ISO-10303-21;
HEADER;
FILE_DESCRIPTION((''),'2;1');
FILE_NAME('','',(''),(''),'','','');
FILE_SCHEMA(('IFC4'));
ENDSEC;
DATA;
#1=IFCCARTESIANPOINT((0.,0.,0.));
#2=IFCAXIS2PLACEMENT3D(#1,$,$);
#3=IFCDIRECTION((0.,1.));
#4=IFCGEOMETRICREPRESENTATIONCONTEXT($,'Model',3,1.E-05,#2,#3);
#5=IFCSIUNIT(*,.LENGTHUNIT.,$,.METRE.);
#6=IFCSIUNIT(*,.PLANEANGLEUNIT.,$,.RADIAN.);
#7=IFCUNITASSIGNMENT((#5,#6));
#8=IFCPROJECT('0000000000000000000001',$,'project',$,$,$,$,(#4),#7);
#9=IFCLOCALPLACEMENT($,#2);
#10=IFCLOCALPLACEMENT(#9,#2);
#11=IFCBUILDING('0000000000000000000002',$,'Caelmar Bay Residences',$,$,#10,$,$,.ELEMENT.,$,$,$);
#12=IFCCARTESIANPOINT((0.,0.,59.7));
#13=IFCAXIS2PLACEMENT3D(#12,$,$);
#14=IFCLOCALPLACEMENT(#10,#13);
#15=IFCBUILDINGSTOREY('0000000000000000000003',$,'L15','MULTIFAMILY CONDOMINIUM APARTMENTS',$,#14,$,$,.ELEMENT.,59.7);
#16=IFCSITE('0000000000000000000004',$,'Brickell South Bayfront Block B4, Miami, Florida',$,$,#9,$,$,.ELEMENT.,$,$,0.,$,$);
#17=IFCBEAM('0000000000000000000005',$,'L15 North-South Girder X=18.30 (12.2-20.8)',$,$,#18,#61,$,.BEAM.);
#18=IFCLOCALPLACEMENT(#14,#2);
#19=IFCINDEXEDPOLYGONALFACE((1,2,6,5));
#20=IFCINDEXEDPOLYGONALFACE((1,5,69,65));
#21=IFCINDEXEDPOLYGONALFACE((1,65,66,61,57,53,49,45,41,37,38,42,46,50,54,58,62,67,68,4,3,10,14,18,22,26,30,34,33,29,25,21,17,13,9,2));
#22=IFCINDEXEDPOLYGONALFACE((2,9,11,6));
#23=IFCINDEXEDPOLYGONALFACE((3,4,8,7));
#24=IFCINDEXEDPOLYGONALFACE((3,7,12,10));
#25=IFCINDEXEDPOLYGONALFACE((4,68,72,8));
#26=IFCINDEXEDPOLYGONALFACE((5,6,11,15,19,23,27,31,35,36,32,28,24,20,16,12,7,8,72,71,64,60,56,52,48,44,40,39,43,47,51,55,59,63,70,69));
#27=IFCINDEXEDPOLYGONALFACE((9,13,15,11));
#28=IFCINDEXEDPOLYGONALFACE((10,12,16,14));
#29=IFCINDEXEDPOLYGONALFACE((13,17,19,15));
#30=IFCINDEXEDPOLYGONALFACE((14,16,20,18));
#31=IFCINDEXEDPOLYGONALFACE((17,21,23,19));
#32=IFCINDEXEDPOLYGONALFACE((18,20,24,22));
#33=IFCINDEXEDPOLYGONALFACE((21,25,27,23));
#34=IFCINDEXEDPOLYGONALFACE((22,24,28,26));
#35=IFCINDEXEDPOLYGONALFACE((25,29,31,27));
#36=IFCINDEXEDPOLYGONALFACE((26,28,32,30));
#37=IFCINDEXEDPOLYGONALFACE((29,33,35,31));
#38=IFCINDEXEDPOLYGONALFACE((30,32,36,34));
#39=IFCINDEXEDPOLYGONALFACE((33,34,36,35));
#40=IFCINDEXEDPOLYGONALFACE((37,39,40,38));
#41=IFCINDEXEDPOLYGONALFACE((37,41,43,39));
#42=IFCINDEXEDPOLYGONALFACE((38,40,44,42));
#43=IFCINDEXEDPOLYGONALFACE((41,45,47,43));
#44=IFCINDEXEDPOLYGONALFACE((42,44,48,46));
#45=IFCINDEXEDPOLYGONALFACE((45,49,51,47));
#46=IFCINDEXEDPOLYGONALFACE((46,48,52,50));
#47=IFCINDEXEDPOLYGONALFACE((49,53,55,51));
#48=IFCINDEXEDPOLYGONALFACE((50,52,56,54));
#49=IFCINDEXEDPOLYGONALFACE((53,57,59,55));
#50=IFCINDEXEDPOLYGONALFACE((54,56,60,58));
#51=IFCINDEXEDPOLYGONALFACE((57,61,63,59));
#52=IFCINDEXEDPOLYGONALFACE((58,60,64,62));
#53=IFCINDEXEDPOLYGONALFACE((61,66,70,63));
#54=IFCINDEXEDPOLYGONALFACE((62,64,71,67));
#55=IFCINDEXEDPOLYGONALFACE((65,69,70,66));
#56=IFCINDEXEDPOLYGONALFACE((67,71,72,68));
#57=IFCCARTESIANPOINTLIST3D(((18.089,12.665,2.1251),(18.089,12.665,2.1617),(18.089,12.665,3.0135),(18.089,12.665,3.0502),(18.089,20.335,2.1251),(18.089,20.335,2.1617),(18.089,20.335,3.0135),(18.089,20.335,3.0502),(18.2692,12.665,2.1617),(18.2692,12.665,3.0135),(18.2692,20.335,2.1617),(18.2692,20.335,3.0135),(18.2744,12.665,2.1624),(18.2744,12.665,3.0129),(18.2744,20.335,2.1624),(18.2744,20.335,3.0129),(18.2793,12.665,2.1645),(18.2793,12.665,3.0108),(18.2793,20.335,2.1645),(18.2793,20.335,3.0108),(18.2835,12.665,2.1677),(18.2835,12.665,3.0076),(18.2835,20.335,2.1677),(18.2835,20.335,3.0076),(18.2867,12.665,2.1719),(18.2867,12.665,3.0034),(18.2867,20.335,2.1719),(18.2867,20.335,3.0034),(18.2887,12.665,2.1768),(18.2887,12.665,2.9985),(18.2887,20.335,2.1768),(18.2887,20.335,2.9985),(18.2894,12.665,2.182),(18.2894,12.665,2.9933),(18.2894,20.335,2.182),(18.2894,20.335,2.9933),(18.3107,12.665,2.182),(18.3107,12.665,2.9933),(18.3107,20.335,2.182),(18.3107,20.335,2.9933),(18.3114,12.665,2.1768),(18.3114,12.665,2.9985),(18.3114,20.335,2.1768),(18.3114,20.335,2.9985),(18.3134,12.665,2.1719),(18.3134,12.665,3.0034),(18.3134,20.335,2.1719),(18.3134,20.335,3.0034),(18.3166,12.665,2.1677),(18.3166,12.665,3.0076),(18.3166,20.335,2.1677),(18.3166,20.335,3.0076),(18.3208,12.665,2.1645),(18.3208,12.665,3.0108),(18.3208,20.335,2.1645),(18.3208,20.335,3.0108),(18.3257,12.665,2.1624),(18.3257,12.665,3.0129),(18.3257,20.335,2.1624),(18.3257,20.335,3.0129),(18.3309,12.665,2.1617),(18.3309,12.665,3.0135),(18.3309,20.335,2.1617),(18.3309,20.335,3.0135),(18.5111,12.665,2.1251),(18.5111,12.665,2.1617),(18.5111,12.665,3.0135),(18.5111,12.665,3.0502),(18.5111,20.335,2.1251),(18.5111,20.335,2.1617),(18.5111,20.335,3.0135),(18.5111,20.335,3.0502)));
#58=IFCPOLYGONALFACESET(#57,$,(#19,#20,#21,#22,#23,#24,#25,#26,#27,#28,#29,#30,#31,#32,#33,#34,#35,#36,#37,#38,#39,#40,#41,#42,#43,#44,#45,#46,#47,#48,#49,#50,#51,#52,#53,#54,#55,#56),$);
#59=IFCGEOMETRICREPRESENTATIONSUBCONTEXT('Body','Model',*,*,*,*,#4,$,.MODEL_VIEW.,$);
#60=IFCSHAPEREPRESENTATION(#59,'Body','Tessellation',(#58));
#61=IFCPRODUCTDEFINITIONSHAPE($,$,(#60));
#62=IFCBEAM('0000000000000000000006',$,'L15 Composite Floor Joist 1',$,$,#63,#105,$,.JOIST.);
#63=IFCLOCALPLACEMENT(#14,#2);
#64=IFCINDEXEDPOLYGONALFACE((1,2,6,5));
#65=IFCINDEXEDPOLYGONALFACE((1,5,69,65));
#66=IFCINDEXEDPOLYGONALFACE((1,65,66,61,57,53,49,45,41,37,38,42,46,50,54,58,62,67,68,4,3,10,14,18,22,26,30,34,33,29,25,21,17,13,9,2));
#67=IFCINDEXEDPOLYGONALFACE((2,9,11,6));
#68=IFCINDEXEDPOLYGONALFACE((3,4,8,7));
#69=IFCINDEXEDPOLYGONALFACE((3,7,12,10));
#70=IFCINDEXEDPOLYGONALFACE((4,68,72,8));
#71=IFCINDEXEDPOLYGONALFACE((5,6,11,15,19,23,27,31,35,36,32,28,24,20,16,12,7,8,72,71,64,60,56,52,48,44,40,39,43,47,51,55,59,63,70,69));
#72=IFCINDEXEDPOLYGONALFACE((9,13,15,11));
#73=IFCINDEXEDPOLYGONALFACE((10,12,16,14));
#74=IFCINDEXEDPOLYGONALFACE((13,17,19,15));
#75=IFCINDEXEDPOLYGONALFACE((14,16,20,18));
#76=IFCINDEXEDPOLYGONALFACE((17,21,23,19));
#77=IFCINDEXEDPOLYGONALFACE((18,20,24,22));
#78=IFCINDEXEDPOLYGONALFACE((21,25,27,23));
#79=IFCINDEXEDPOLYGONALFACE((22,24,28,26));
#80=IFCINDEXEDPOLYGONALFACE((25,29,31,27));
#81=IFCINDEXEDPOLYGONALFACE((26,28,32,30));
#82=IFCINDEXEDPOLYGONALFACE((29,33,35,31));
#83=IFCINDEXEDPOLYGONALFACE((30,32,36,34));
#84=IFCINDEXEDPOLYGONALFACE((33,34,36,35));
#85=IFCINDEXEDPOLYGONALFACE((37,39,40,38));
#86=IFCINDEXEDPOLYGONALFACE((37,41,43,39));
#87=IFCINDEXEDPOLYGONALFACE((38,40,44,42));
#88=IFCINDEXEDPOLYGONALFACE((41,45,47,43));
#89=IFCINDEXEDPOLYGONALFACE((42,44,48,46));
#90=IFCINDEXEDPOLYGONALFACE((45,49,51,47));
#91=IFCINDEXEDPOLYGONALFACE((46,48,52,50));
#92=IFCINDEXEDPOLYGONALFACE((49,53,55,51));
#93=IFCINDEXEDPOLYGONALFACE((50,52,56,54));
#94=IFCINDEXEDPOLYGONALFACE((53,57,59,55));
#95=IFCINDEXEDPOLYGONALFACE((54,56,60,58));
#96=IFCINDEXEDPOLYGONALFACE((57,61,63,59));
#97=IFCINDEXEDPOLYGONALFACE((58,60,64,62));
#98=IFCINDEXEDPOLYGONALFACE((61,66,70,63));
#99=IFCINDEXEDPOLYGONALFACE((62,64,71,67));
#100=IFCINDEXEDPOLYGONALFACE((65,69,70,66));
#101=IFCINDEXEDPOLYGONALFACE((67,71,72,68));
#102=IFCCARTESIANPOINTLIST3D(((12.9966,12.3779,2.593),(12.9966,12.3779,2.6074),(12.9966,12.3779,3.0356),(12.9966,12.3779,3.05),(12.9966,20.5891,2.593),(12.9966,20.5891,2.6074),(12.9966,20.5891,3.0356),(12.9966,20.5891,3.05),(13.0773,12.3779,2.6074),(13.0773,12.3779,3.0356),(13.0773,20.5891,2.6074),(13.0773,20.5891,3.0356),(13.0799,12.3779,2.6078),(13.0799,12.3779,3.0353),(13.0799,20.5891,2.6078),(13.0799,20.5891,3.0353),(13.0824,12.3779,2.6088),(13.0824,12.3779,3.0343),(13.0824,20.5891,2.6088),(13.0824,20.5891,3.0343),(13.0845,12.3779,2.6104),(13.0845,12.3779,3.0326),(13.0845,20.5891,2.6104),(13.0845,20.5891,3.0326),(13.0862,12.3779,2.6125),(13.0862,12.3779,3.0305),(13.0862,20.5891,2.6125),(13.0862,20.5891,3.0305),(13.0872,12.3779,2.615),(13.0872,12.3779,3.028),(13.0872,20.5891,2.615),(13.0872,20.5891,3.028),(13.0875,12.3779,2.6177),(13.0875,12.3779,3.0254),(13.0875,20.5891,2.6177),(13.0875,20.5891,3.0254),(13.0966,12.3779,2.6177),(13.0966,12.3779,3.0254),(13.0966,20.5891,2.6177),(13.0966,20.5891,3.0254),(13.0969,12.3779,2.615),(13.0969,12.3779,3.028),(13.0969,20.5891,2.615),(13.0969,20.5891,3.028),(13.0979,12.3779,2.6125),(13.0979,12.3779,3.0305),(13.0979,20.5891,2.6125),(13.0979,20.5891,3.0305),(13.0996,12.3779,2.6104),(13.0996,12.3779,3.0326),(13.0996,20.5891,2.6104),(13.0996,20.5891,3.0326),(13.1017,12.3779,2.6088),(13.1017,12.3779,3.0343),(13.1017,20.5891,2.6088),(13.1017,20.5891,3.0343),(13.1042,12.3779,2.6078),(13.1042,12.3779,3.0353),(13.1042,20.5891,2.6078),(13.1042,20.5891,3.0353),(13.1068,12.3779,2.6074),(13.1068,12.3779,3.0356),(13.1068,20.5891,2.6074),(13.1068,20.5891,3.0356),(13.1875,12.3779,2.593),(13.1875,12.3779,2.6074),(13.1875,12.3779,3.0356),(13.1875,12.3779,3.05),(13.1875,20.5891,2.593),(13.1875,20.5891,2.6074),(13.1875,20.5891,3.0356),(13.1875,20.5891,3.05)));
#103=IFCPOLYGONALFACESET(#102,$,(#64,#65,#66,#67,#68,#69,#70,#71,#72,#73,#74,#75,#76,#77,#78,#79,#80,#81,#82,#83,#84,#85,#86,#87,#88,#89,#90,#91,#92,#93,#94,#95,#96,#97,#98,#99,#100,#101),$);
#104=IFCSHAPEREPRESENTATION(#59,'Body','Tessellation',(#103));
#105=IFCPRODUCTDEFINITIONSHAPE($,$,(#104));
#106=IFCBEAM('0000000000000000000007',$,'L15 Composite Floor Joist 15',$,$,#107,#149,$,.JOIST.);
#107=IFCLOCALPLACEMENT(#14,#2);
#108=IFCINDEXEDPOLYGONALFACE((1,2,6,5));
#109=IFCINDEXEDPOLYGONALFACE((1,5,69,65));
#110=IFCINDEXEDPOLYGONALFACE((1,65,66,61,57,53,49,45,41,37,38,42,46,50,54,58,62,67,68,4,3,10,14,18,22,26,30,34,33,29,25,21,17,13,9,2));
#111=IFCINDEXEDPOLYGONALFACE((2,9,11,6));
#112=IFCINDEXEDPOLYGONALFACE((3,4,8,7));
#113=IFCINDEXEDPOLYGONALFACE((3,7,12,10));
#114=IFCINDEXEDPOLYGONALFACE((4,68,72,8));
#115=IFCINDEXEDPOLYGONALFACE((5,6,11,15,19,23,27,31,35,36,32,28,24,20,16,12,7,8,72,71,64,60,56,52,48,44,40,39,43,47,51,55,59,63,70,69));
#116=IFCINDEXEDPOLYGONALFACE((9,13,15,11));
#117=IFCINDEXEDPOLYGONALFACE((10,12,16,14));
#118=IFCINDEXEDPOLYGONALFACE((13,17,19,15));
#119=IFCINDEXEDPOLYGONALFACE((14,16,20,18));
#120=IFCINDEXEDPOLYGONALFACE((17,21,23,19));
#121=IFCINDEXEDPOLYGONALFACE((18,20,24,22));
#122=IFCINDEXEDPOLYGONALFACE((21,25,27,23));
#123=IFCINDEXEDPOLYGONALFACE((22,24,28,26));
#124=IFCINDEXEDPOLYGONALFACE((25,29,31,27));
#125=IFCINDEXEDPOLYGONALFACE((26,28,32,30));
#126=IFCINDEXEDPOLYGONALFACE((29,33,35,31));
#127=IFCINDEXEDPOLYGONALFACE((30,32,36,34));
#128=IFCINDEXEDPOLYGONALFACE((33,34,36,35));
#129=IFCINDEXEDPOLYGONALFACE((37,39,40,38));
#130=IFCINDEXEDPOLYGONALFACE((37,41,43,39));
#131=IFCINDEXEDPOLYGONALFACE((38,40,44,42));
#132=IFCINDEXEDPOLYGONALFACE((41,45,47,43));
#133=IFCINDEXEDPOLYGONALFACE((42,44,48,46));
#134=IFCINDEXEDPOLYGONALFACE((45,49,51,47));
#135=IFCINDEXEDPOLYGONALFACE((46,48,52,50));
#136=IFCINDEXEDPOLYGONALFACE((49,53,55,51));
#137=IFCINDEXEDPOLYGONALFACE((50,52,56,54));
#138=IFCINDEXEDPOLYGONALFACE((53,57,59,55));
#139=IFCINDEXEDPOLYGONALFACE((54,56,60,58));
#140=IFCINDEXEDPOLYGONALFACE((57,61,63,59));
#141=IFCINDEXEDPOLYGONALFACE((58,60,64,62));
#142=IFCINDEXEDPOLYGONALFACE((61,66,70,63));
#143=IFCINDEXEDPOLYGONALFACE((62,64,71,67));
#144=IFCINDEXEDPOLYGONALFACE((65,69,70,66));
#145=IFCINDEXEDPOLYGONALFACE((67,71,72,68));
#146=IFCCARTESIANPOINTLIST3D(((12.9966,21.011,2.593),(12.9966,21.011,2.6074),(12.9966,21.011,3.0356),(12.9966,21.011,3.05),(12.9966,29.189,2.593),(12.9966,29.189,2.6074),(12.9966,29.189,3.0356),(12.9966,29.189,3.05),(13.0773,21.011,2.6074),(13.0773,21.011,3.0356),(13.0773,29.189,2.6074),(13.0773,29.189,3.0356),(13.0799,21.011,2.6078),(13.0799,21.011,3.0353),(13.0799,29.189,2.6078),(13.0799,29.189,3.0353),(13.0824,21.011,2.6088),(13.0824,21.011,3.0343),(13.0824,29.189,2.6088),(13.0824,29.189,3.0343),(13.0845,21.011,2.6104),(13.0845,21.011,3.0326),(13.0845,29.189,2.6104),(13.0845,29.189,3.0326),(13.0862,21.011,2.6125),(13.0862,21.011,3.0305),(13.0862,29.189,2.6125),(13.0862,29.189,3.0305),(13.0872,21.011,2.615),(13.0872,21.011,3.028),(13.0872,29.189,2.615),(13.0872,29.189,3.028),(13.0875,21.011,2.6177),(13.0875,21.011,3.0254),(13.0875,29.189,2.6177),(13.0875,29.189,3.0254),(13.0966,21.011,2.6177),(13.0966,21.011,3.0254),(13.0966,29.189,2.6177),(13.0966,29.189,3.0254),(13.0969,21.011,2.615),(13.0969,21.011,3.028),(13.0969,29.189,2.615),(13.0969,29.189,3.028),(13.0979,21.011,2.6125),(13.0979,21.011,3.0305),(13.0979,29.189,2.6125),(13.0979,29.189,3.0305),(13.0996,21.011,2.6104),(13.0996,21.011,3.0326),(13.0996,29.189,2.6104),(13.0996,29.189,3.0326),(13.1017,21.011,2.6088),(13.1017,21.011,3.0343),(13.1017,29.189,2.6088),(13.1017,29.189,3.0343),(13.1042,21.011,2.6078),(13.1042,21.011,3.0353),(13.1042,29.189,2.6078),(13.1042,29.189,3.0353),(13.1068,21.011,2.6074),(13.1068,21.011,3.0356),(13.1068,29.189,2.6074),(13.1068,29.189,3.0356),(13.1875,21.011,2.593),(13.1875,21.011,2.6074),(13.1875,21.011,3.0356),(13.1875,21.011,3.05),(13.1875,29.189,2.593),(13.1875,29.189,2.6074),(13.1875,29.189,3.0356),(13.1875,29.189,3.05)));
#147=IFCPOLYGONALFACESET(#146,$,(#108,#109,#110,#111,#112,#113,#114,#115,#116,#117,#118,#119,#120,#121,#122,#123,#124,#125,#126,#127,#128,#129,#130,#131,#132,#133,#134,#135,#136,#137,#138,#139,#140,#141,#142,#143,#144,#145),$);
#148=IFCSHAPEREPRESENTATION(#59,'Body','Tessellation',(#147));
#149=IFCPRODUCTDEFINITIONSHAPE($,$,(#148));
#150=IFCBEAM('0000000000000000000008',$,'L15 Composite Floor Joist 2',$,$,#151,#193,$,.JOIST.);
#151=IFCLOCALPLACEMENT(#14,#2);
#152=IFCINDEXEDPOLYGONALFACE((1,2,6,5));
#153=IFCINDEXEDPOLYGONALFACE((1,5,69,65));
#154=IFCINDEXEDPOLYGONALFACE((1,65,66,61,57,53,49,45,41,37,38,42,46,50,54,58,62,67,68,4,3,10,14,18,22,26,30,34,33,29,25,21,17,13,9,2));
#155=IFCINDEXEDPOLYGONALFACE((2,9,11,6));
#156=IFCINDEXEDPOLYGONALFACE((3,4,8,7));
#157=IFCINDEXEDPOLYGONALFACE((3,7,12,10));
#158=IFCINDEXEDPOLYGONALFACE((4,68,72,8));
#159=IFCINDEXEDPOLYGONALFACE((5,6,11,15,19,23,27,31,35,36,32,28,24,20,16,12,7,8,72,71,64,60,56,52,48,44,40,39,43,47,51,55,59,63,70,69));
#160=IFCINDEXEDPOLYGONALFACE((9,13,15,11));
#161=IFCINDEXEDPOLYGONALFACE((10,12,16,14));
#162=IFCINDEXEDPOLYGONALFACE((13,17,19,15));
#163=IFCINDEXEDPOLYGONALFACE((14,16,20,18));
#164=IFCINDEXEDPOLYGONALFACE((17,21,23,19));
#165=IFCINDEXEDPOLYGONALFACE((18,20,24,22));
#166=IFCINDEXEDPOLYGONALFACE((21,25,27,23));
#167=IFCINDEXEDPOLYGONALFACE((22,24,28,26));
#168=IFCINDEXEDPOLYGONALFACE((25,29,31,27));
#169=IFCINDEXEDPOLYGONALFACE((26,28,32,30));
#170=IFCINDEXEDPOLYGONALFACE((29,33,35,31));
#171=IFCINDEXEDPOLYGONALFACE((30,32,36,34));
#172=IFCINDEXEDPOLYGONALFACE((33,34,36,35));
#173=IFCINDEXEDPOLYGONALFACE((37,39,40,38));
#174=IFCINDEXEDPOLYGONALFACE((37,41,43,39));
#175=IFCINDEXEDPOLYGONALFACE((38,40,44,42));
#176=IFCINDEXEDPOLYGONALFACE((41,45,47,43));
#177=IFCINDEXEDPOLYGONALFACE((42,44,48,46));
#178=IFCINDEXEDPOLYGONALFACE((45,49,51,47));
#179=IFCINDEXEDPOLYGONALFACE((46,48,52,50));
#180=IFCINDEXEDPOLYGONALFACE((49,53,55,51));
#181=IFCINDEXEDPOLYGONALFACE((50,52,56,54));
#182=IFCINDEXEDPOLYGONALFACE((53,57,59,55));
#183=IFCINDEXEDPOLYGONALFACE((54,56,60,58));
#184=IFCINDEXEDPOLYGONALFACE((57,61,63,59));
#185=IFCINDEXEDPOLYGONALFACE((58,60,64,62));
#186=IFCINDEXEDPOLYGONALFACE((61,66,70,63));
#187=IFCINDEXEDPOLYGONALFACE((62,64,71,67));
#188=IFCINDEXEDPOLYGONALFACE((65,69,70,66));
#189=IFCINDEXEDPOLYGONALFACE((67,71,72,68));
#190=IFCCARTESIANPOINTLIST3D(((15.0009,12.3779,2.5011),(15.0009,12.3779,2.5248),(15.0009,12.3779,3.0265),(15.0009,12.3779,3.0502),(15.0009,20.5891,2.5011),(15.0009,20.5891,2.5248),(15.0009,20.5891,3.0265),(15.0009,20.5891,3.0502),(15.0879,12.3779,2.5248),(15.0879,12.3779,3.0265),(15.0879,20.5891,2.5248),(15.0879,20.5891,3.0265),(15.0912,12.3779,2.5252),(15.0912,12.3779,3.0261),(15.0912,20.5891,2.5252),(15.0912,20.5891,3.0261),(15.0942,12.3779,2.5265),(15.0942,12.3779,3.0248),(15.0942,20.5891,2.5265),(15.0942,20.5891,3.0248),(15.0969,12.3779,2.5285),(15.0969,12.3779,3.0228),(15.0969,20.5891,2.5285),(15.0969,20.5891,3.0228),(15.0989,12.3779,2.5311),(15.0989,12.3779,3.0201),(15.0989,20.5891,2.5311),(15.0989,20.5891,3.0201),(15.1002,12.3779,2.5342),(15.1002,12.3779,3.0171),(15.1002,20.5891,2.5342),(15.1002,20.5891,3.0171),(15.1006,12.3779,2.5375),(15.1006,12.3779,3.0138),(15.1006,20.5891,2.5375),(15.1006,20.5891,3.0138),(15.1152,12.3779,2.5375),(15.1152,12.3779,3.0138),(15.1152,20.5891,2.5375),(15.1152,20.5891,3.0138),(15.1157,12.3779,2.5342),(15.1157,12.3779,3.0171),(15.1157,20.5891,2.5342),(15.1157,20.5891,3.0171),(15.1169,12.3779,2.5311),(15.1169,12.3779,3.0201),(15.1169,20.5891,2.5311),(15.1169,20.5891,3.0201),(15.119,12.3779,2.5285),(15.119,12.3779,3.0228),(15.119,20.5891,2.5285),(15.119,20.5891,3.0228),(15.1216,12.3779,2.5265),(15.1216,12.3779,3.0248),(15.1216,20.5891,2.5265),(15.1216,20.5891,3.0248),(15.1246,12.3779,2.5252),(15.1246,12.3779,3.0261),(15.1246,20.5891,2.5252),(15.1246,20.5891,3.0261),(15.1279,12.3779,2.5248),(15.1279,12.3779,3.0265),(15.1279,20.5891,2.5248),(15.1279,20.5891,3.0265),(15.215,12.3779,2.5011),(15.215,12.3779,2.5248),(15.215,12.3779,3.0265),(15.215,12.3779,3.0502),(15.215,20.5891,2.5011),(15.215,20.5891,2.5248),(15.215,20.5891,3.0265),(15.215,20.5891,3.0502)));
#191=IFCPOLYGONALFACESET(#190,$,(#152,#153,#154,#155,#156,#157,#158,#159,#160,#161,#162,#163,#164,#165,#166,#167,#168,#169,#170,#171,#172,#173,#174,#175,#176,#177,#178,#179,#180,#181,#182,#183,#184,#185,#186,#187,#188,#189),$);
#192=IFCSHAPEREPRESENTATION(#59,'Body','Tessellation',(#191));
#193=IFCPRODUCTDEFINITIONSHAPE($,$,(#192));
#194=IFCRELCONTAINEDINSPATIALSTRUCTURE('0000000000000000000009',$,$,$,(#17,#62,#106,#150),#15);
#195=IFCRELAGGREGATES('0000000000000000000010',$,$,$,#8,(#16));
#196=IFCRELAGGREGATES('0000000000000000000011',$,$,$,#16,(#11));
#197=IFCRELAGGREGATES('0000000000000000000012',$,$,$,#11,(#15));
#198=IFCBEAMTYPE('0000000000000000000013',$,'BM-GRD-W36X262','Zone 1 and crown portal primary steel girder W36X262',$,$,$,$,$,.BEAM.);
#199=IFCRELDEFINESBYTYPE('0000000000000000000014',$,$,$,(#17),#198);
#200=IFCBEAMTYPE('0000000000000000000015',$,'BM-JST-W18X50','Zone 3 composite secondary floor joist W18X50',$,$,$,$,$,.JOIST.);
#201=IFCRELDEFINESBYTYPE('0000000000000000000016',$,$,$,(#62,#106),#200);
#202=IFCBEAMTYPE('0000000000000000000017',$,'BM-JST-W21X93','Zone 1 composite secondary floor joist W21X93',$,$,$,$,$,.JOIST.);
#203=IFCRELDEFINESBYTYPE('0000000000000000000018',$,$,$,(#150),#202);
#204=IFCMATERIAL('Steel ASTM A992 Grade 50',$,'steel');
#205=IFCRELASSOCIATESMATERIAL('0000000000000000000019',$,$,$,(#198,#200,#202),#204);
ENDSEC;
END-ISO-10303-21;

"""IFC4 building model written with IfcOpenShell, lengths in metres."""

from ifc_helpers import new_model, si_unit, direction, frame, origin, origin_2d, place, context, subcontext, project, spatial, i_section, extrude, material, material_profile, profile_set, type_object, element, save


model = new_model("IFC4")

# Units and contexts
model_context = context("Model", 3, precision=1e-05, world=origin(), true_north=direction((0.0, 1.0)))
body_context = subcontext(model_context, "Body", "Model", "MODEL_VIEW")
ifc_project = project(units=[si_unit("LENGTHUNIT", "METRE"), si_unit("PLANEANGLEUNIT", "RADIAN")], contexts=[model_context])

# Site, building, storey
site_placement = place(None, origin())
site = spatial("IfcSite", under=ifc_project, at=site_placement, Name="Brickell South Bayfront Block B4, Miami, Florida", CompositionType="ELEMENT", RefElevation=0.0)
building_placement = place(site_placement, origin())
building = spatial("IfcBuilding", under=site, at=building_placement, Name="Caelmar Bay Residences", CompositionType="ELEMENT")
storey_placement = place(building_placement, frame((0.0, 0.0, 59.7)))
storey = spatial("IfcBuildingStorey", under=building, at=storey_placement, Name="L15", Description="MULTIFAMILY CONDOMINIUM APARTMENTS", CompositionType="ELEMENT", Elevation=59.7)

# Beams
ifc_material_1 = material(Name="Steel ASTM A992 Grade 50", Category="steel")
ifc_material_profile_1 = material_profile(ifc_material_1, i_section(OverallWidth=0.4221, OverallDepth=0.925, WebThickness=0.0212, FlangeThickness=0.0366, FilletRadius=0.0203, at=origin_2d()), Name="W36X262")
ifc_profile_set_1 = profile_set([ifc_material_profile_1], Name="Steel ASTM A992 Grade 50")
beam_type_1 = type_object("IfcBeamType", Name="BM-GRD-W36X262", Description="Zone 1 and crown portal primary steel girder W36X262", PredefinedType="BEAM", material=ifc_profile_set_1)
beam_1_placement = place(storey_placement, frame((18.3, 12.665, 2.5876), z_axis=(0.0, 1.0, 0.0), x_axis=(-1.0, 0.0, 0.0)))
element("IfcBeam", 1, at=beam_1_placement, inside=storey, type_object=beam_type_1, Name="L15 North-South Girder X=18.30 (12.2-20.8)", PredefinedType="BEAM", context=body_context, shape_type="SweptSolid", body=[
    extrude(i_section(OverallWidth=0.4221, OverallDepth=0.925, WebThickness=0.0212, FlangeThickness=0.0366, FilletRadius=0.0203, at=origin_2d()), origin(), (0.0, 0.0, 1.0), 7.6699),
])
ifc_material_profile_2 = material_profile(ifc_material_1, i_section(OverallWidth=0.1909, OverallDepth=0.457, WebThickness=0.009, FlangeThickness=0.0144, FilletRadius=0.0103, at=origin_2d()), Name="W18X50")
ifc_profile_set_2 = profile_set([ifc_material_profile_2], Name="Steel ASTM A992 Grade 50")
beam_type_2 = type_object("IfcBeamType", Name="BM-JST-W18X50", Description="Zone 3 composite secondary floor joist W18X50", PredefinedType="JOIST", material=ifc_profile_set_2)
beam_2_placement = place(storey_placement, frame((13.092, 12.3779, 2.8215), z_axis=(0.0, 1.0, 0.0), x_axis=(-1.0, 0.0, 0.0)))
element("IfcBeam", 2, at=beam_2_placement, inside=storey, type_object=beam_type_2, Name="L15 Composite Floor Joist 1", PredefinedType="JOIST", context=body_context, shape_type="SweptSolid", body=[
    extrude(i_section(OverallWidth=0.1909, OverallDepth=0.457, WebThickness=0.009, FlangeThickness=0.0144, FilletRadius=0.0103, at=origin_2d()), origin(), (0.0, 0.0, 1.0), 8.2112),
])
beam_3_placement = place(storey_placement, frame((13.092, 21.011, 2.8215), z_axis=(0.0, 1.0, 0.0), x_axis=(-1.0, 0.0, 0.0)))
element("IfcBeam", 3, at=beam_3_placement, inside=storey, type_object=beam_type_2, Name="L15 Composite Floor Joist 15", PredefinedType="JOIST", context=body_context, shape_type="SweptSolid", body=[
    extrude(i_section(OverallWidth=0.1909, OverallDepth=0.457, WebThickness=0.009, FlangeThickness=0.0144, FilletRadius=0.0103, at=origin_2d()), origin(), (0.0, 0.0, 1.0), 8.178),
])
ifc_material_profile_3 = material_profile(ifc_material_1, i_section(OverallWidth=0.2141, OverallDepth=0.5491, WebThickness=0.0146, FlangeThickness=0.0237, FilletRadius=0.0127, at=origin_2d()), Name="W21X93")
ifc_profile_set_3 = profile_set([ifc_material_profile_3], Name="Steel ASTM A992 Grade 50")
beam_type_3 = type_object("IfcBeamType", Name="BM-JST-W21X93", Description="Zone 1 composite secondary floor joist W21X93", PredefinedType="JOIST", material=ifc_profile_set_3)
beam_4_placement = place(storey_placement, frame((15.1079, 12.3779, 2.7756), z_axis=(0.0, 1.0, 0.0), x_axis=(-1.0, 0.0, 0.0)))
element("IfcBeam", 4, at=beam_4_placement, inside=storey, type_object=beam_type_3, Name="L15 Composite Floor Joist 2", PredefinedType="JOIST", context=body_context, shape_type="SweptSolid", body=[
    extrude(i_section(OverallWidth=0.2141, OverallDepth=0.5491, WebThickness=0.0146, FlangeThickness=0.0237, FilletRadius=0.0127, at=origin_2d()), origin(), (0.0, 0.0, 1.0), 8.2112),
])

save(model, "model.ifc")
